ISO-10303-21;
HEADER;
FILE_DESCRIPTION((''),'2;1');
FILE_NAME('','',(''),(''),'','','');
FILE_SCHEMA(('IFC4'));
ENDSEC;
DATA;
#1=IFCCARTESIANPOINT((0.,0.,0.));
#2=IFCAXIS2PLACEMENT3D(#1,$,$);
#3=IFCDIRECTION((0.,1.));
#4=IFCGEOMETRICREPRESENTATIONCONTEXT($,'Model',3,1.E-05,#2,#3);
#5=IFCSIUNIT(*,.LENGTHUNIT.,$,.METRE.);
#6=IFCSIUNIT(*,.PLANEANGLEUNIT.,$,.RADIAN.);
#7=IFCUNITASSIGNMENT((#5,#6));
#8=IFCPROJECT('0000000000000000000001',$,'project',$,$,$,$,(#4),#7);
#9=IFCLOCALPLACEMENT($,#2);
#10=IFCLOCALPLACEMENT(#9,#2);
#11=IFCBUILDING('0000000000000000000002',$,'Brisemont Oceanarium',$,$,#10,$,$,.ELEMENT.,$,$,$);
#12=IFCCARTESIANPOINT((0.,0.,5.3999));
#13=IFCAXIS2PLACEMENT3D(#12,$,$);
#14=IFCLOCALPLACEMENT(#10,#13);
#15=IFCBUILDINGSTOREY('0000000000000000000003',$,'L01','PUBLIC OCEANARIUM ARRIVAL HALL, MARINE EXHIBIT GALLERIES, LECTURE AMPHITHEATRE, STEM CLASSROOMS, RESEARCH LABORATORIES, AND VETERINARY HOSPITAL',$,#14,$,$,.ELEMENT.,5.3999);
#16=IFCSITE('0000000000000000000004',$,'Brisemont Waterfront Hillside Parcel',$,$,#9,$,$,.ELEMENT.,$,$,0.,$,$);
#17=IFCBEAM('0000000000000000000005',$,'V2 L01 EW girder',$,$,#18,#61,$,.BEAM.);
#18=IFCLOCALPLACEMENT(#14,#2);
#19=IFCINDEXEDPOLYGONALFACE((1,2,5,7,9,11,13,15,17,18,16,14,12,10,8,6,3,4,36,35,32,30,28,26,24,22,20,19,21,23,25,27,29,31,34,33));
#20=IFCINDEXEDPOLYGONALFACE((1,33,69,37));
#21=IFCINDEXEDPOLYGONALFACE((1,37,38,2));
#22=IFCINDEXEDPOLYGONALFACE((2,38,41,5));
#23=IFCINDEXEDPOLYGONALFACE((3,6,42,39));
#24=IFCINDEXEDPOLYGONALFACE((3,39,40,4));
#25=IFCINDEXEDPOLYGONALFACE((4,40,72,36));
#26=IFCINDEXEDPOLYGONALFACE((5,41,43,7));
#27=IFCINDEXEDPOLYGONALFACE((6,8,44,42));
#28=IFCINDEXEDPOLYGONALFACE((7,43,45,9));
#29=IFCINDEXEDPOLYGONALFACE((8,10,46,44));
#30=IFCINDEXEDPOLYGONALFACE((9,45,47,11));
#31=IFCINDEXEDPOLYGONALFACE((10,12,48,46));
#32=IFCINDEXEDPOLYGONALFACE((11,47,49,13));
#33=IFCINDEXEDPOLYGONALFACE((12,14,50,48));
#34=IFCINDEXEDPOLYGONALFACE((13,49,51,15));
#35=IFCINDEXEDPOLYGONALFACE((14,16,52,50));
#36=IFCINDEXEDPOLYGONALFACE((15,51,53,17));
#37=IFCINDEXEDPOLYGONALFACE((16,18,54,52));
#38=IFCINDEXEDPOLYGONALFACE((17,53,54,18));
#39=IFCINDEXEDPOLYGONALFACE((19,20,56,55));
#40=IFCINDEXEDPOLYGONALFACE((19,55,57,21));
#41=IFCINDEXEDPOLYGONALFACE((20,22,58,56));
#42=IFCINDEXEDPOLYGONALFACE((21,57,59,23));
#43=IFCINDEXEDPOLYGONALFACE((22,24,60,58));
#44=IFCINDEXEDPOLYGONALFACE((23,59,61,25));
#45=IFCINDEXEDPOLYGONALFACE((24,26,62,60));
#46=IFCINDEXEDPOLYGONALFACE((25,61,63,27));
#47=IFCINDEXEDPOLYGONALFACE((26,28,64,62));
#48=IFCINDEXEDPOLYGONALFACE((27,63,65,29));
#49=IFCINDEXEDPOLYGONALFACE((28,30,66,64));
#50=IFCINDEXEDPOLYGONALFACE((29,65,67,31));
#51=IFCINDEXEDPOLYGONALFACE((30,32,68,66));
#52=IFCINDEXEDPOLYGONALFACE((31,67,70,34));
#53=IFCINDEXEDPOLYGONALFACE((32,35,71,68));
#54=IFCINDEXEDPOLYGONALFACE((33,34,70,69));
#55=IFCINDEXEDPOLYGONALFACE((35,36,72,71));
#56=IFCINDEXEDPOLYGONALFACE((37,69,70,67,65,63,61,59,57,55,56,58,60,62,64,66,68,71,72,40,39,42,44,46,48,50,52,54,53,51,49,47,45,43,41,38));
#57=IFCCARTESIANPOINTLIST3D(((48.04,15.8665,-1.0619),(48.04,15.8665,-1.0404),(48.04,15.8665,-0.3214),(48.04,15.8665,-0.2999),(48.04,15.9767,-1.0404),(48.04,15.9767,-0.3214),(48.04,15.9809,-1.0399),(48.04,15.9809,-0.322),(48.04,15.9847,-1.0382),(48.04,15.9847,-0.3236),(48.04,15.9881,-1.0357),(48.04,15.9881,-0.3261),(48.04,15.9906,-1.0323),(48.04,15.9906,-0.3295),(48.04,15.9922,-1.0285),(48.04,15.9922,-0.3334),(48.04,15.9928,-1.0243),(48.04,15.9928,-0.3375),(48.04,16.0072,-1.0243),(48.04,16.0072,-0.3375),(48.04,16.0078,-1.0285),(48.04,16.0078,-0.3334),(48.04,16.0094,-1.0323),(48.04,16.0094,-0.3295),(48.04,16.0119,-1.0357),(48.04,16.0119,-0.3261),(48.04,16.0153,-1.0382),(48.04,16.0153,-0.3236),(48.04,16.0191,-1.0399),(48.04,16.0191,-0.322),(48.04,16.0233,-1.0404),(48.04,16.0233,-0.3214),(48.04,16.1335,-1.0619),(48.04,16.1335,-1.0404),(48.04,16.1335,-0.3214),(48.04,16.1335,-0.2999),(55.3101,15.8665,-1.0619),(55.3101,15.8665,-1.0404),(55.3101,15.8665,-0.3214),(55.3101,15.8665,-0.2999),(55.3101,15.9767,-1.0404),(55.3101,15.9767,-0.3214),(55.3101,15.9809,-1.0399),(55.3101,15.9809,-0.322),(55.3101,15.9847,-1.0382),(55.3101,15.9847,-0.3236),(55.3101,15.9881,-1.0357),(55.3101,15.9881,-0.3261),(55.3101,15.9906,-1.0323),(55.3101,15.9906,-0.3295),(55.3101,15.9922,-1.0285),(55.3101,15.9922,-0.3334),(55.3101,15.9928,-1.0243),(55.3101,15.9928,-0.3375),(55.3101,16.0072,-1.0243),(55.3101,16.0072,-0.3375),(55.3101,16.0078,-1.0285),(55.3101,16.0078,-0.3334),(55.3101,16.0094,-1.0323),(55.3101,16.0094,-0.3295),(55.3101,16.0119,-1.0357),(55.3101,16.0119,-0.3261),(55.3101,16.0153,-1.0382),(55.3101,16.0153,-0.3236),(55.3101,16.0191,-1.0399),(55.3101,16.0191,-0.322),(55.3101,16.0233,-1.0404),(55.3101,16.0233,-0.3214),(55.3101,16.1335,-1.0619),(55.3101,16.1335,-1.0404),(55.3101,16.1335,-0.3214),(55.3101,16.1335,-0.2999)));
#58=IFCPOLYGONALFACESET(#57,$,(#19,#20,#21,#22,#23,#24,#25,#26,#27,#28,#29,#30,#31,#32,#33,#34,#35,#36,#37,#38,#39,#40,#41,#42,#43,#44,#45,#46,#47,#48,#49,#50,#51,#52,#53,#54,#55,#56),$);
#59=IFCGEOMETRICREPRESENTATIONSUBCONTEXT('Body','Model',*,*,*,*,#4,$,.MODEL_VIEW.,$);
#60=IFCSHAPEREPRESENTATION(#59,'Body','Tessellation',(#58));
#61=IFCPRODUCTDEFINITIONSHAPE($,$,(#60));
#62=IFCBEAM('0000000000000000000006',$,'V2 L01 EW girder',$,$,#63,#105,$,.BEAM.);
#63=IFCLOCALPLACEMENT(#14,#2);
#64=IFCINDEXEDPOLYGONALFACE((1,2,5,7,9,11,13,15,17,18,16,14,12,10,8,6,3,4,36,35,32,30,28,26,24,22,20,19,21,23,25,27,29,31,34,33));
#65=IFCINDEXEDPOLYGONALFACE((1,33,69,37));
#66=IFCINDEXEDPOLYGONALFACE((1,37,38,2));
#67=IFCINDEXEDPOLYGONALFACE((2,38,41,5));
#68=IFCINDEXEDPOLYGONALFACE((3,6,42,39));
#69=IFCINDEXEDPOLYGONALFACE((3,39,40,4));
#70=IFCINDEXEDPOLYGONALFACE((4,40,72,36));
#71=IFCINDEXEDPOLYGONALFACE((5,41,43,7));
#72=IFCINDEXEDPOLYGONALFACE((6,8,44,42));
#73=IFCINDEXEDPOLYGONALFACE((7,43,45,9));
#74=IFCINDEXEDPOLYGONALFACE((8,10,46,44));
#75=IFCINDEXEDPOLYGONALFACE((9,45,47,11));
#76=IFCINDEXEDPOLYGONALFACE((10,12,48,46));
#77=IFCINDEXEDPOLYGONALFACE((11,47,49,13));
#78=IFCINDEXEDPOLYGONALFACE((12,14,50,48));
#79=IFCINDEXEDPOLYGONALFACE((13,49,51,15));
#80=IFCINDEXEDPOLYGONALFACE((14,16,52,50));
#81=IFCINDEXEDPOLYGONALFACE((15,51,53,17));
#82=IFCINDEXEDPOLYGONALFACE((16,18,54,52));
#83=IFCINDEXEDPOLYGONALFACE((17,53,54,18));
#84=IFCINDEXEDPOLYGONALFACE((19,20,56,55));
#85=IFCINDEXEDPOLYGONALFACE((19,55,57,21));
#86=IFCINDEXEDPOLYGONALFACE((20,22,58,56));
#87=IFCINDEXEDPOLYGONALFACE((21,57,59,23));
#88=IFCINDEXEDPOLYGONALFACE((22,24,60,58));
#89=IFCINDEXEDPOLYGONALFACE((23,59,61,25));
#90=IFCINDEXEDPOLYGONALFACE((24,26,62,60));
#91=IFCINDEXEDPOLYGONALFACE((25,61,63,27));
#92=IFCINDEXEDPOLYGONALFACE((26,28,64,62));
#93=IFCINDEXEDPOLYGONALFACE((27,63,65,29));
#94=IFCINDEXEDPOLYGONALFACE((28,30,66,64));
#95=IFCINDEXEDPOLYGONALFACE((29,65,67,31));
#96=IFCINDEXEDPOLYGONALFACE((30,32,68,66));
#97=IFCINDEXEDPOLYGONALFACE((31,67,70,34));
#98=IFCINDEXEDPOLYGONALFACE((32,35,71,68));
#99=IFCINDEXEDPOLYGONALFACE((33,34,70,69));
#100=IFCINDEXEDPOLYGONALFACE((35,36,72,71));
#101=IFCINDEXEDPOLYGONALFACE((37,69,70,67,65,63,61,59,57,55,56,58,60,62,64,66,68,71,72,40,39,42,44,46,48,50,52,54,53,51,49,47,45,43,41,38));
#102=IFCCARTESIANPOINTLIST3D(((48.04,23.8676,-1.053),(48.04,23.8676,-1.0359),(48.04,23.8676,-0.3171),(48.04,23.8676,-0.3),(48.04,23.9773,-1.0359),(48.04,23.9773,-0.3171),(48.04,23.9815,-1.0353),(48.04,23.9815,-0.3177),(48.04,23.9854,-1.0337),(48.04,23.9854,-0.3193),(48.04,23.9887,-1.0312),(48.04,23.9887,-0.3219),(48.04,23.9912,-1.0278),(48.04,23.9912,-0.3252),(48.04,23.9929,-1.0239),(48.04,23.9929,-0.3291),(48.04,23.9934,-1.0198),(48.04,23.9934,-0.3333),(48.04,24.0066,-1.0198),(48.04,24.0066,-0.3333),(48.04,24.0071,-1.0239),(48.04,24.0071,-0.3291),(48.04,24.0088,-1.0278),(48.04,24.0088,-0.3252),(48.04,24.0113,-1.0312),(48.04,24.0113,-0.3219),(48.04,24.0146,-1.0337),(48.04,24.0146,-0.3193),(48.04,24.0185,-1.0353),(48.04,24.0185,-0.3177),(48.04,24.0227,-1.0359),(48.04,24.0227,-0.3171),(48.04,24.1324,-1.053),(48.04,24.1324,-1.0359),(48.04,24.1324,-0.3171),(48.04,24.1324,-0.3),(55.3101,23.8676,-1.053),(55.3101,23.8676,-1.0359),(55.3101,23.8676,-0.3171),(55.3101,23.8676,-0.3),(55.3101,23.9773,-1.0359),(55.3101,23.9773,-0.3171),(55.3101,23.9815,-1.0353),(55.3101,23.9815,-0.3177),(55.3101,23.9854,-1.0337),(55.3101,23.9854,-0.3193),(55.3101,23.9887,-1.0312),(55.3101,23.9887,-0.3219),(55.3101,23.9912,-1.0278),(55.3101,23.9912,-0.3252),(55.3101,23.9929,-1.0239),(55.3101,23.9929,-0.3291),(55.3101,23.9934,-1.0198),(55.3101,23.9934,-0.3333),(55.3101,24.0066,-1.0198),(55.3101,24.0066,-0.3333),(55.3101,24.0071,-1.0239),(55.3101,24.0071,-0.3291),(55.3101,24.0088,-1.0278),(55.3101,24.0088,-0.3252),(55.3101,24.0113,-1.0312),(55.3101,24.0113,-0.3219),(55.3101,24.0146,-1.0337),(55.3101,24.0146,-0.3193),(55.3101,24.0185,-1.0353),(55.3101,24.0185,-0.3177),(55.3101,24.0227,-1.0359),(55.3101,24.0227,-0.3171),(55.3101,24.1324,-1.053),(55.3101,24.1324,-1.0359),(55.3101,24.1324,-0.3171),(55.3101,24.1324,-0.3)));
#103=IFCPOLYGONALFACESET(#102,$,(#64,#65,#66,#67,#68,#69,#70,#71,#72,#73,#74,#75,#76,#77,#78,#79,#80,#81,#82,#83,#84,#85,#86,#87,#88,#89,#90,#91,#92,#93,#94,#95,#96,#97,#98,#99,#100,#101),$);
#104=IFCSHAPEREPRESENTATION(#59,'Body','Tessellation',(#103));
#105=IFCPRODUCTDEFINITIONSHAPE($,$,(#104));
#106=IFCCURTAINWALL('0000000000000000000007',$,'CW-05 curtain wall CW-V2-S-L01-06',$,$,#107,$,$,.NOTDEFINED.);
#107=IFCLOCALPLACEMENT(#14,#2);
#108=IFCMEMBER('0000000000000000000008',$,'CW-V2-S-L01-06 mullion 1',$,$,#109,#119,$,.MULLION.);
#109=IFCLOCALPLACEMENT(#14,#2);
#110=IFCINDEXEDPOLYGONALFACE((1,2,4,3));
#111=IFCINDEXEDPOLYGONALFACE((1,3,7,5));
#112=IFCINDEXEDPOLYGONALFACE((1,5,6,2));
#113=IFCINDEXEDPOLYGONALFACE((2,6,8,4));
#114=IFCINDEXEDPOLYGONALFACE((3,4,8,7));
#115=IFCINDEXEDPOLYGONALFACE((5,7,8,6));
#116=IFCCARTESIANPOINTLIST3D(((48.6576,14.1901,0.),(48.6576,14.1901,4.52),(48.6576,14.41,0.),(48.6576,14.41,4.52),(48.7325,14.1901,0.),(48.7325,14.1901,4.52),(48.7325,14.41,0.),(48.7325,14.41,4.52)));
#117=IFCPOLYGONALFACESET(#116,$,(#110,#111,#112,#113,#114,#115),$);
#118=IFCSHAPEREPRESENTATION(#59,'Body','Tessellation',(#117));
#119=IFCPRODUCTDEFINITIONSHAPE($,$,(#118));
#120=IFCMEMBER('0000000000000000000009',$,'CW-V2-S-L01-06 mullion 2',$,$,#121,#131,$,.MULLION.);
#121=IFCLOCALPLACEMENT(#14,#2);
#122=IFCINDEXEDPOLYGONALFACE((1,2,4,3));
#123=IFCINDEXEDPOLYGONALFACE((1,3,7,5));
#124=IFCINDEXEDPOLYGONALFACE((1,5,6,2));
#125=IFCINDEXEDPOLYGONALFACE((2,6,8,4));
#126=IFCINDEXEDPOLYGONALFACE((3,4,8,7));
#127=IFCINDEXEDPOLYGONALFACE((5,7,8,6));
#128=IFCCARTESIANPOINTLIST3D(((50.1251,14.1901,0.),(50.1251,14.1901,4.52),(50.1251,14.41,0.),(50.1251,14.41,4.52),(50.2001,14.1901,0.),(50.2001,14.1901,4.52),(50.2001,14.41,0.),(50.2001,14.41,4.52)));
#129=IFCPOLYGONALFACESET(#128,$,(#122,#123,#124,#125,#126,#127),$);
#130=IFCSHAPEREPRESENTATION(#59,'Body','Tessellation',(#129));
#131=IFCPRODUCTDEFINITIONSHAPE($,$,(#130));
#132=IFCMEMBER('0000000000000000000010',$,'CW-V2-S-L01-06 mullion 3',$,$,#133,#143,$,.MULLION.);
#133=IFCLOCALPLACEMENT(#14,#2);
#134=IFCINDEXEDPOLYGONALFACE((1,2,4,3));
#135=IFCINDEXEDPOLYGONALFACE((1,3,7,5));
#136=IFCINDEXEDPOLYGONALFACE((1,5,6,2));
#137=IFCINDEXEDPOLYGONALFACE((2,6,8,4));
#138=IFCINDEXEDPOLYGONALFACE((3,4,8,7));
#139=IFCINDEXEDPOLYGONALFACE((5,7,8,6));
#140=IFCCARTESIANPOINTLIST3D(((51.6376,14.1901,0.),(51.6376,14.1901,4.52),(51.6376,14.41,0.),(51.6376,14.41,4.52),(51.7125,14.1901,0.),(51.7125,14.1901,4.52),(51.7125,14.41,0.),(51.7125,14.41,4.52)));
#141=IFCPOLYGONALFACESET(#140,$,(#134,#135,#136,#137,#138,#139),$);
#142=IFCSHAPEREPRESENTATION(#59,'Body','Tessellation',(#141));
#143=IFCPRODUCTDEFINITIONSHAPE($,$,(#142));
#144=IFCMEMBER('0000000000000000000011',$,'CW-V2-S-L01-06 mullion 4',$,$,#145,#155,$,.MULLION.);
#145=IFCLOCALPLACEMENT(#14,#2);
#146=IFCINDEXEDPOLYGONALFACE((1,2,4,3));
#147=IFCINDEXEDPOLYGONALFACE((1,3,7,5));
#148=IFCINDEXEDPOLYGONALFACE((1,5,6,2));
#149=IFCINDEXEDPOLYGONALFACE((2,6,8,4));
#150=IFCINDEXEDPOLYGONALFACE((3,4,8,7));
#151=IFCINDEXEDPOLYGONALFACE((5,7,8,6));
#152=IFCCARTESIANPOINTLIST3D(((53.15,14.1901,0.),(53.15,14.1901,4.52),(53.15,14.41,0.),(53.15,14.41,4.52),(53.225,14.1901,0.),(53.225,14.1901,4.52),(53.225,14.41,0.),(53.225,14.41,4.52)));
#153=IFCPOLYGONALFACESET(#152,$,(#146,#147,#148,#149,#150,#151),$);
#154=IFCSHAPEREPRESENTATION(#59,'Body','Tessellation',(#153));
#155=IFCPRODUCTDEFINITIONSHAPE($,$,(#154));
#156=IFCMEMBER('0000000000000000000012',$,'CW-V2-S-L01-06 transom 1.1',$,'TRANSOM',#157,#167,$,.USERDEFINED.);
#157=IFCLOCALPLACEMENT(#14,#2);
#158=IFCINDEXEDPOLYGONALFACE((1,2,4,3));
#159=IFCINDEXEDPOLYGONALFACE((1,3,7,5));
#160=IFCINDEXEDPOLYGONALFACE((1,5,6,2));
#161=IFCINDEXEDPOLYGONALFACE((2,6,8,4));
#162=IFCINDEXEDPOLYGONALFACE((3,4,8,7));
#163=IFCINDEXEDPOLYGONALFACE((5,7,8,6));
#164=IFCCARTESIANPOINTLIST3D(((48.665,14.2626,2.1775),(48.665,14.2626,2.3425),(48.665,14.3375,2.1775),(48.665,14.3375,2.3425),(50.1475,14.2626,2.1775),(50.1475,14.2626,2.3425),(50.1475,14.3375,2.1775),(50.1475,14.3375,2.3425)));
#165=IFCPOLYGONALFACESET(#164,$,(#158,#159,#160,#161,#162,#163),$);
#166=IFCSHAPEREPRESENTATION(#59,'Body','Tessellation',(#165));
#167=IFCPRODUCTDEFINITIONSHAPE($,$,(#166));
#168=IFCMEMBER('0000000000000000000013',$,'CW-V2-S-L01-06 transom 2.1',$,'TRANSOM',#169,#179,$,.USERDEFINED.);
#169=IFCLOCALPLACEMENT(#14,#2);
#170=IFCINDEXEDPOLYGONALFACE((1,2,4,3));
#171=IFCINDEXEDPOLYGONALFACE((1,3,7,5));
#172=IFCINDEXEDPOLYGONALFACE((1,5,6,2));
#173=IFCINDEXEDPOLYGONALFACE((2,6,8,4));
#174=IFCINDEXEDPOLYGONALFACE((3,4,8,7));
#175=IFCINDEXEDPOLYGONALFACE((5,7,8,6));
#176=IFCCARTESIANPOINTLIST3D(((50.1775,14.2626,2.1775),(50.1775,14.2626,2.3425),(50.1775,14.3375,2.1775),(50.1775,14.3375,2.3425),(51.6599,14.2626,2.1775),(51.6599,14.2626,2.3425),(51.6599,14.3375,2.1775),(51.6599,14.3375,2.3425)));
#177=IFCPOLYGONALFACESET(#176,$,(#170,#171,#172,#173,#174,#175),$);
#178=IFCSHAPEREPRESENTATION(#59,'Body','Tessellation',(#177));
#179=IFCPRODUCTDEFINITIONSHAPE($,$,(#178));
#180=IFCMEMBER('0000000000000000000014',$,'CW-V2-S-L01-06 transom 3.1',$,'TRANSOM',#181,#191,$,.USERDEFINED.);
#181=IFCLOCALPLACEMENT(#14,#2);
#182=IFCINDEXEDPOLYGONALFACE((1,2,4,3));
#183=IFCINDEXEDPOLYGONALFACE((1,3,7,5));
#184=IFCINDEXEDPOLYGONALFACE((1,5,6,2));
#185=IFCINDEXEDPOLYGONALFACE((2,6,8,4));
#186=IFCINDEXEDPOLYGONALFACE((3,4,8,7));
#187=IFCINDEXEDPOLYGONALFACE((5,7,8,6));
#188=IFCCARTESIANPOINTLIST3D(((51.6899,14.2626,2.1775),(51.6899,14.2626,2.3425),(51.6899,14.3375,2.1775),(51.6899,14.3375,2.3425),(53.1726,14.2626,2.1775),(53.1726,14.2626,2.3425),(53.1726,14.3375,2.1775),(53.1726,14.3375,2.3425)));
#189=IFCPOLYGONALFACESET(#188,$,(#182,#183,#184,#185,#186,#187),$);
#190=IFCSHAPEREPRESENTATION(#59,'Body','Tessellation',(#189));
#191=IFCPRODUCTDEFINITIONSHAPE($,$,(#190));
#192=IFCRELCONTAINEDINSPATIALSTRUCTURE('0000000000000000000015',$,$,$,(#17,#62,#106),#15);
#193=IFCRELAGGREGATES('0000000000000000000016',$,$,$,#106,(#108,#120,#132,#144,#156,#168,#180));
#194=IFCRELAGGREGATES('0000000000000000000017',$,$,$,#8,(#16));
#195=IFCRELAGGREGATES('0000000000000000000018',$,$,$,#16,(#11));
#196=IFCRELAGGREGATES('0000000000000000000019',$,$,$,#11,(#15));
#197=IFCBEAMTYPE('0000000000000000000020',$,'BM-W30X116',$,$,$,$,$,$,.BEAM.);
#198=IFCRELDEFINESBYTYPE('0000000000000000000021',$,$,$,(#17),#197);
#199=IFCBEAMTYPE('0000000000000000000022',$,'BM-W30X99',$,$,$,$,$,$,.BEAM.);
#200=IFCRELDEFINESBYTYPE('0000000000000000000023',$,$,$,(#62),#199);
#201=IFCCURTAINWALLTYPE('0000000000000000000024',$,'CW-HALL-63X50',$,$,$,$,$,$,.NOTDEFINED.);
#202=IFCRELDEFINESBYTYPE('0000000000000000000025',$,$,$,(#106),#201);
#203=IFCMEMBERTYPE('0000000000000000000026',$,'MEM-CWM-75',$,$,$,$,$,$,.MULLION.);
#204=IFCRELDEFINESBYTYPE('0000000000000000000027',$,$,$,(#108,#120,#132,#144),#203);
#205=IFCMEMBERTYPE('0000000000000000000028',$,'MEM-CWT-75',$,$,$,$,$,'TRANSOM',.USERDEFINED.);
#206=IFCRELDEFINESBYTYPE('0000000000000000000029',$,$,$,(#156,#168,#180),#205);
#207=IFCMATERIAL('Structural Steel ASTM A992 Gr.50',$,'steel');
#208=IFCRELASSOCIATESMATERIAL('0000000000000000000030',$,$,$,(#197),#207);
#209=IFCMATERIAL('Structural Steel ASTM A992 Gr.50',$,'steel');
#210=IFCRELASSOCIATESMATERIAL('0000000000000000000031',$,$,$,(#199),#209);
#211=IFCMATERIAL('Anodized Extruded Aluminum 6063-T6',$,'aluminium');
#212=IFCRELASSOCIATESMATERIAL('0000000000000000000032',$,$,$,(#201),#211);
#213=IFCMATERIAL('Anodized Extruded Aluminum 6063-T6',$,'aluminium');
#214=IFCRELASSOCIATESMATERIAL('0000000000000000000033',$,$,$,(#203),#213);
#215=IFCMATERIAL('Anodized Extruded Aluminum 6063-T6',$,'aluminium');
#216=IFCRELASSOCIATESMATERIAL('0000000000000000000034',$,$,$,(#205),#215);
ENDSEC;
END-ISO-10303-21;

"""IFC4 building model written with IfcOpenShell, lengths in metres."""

from ifc_helpers import new_model, si_unit, direction, frame, origin, origin_2d, place, context, subcontext, project, spatial, rectangle, i_section, extrude, material, material_profile, profile_set, type_object, element, aggregate, save


model = new_model("IFC4")

# Units and contexts
model_context = context("Model", 3, precision=1e-05, world=origin(), true_north=direction((0.0, 1.0)))
body_context = subcontext(model_context, "Body", "Model", "MODEL_VIEW")
ifc_project = project(units=[si_unit("LENGTHUNIT", "METRE"), si_unit("PLANEANGLEUNIT", "RADIAN")], contexts=[model_context])

# Site, building, storey
site_placement = place(None, origin())
site = spatial("IfcSite", under=ifc_project, at=site_placement, Name="Brisemont Waterfront Hillside Parcel", CompositionType="ELEMENT", RefElevation=0.0)
building_placement = place(site_placement, origin())
building = spatial("IfcBuilding", under=site, at=building_placement, Name="Brisemont Oceanarium", CompositionType="ELEMENT")
storey_placement = place(building_placement, frame((0.0, 0.0, 5.3999)))
storey = spatial("IfcBuildingStorey", under=building, at=storey_placement, Name="L01", Description="PUBLIC OCEANARIUM ARRIVAL HALL, MARINE EXHIBIT GALLERIES, LECTURE AMPHITHEATRE, STEM CLASSROOMS, RESEARCH LABORATORIES, AND VETERINARY HOSPITAL", CompositionType="ELEMENT", Elevation=5.3999)

# Beams
ifc_material_1 = material(Name="Structural Steel ASTM A992 Gr.50", Category="steel")
ifc_material_profile_1 = material_profile(ifc_material_1, i_section(OverallWidth=0.2671, OverallDepth=0.762, WebThickness=0.0144, FlangeThickness=0.0215, FilletRadius=0.0161, at=origin_2d()), Name="W30X116")
ifc_profile_set_1 = profile_set([ifc_material_profile_1], Name="Structural Steel ASTM A992 Gr.50")
beam_type_1 = type_object("IfcBeamType", Name="BM-W30X116", PredefinedType="BEAM", material=ifc_profile_set_1)
beam_1_placement = place(storey_placement, frame((48.04, 16.0, -0.6809), z_axis=(1.0, 0.0, 0.0), x_axis=(0.0, 1.0, 0.0)))
element("IfcBeam", 1, at=beam_1_placement, inside=storey, type_object=beam_type_1, Name="V2 L01 EW girder", PredefinedType="BEAM", context=body_context, shape_type="SweptSolid", body=[
    extrude(i_section(OverallWidth=0.2671, OverallDepth=0.762, WebThickness=0.0144, FlangeThickness=0.0215, FilletRadius=0.0161, at=origin_2d()), origin(), (0.0, 0.0, 1.0), 7.27),
])
ifc_material_2 = material(Name="Structural Steel ASTM A992 Gr.50", Category="steel")
ifc_material_profile_2 = material_profile(ifc_material_2, i_section(OverallWidth=0.2649, OverallDepth=0.7529, WebThickness=0.0132, FlangeThickness=0.0171, FilletRadius=0.0161, at=origin_2d()), Name="W30X99")
ifc_profile_set_2 = profile_set([ifc_material_profile_2], Name="Structural Steel ASTM A992 Gr.50")
beam_type_2 = type_object("IfcBeamType", Name="BM-W30X99", PredefinedType="BEAM", material=ifc_profile_set_2)
beam_2_placement = place(storey_placement, frame((48.04, 24.0, -0.6765), z_axis=(1.0, 0.0, 0.0), x_axis=(0.0, 1.0, 0.0)))
element("IfcBeam", 2, at=beam_2_placement, inside=storey, type_object=beam_type_2, Name="V2 L01 EW girder", PredefinedType="BEAM", context=body_context, shape_type="SweptSolid", body=[
    extrude(i_section(OverallWidth=0.2649, OverallDepth=0.7529, WebThickness=0.0132, FlangeThickness=0.0171, FilletRadius=0.0161, at=origin_2d()), origin(), (0.0, 0.0, 1.0), 7.27),
])

# Curtain wall, members
ifc_material_3 = material(Name="Anodized Extruded Aluminum 6063-T6", Category="aluminium")
curtain_wall_type = type_object("IfcCurtainWallType", Name="CW-HALL-63X50", PredefinedType="NOTDEFINED", material=ifc_material_3)
curtain_wall_placement = place(storey_placement, origin())
curtain_wall = element("IfcCurtainWall", 3, at=curtain_wall_placement, inside=storey, type_object=curtain_wall_type, Name="CW-05 curtain wall CW-V2-S-L01-06", PredefinedType="NOTDEFINED")
ifc_material_4 = material(Name="Anodized Extruded Aluminum 6063-T6", Category="aluminium")
ifc_material_profile_3 = material_profile(ifc_material_4, rectangle(XDim=0.075, YDim=0.22, at=origin_2d()), Name="CWM-75X220")
ifc_profile_set_3 = profile_set([ifc_material_profile_3], Name="Anodized Extruded Aluminum 6063-T6")
member_type_1 = type_object("IfcMemberType", Name="MEM-CWM-75", PredefinedType="MULLION", material=ifc_profile_set_3)
member_1_placement = place(storey_placement, frame((48.6951, 14.3, 0.0), z_axis=(0.0, 0.0, 1.0), x_axis=(1.0, 0.0, 0.0)))
member_1 = element("IfcMember", 4, at=member_1_placement, type_object=member_type_1, Name="CW-V2-S-L01-06 mullion 1", PredefinedType="MULLION", context=body_context, shape_type="SweptSolid", body=[
    extrude(rectangle(XDim=0.075, YDim=0.22, at=origin_2d()), origin(), (0.0, 0.0, 1.0), 4.52),
])
member_2_placement = place(storey_placement, frame((50.1626, 14.3, 0.0), z_axis=(0.0, 0.0, 1.0), x_axis=(1.0, 0.0, 0.0)))
member_2 = element("IfcMember", 5, at=member_2_placement, type_object=member_type_1, Name="CW-V2-S-L01-06 mullion 2", PredefinedType="MULLION", context=body_context, shape_type="SweptSolid", body=[
    extrude(rectangle(XDim=0.075, YDim=0.22, at=origin_2d()), origin(), (0.0, 0.0, 1.0), 4.52),
])
member_3_placement = place(storey_placement, frame((51.675, 14.3, 0.0), z_axis=(0.0, 0.0, 1.0), x_axis=(1.0, 0.0, 0.0)))
member_3 = element("IfcMember", 6, at=member_3_placement, type_object=member_type_1, Name="CW-V2-S-L01-06 mullion 3", PredefinedType="MULLION", context=body_context, shape_type="SweptSolid", body=[
    extrude(rectangle(XDim=0.075, YDim=0.22, at=origin_2d()), origin(), (0.0, 0.0, 1.0), 4.52),
])
member_4_placement = place(storey_placement, frame((53.1875, 14.3, 0.0), z_axis=(0.0, 0.0, 1.0), x_axis=(1.0, 0.0, 0.0)))
member_4 = element("IfcMember", 7, at=member_4_placement, type_object=member_type_1, Name="CW-V2-S-L01-06 mullion 4", PredefinedType="MULLION", context=body_context, shape_type="SweptSolid", body=[
    extrude(rectangle(XDim=0.075, YDim=0.22, at=origin_2d()), origin(), (0.0, 0.0, 1.0), 4.52),
])
ifc_material_5 = material(Name="Anodized Extruded Aluminum 6063-T6", Category="aluminium")
ifc_material_profile_4 = material_profile(ifc_material_5, rectangle(XDim=0.075, YDim=0.165, at=origin_2d()), Name="CWT-75X165")
ifc_profile_set_4 = profile_set([ifc_material_profile_4], Name="Anodized Extruded Aluminum 6063-T6")
member_type_2 = type_object("IfcMemberType", Name="MEM-CWT-75", ElementType="TRANSOM", PredefinedType="USERDEFINED", material=ifc_profile_set_4)
member_5_placement = place(storey_placement, frame((48.665, 14.3, 2.26), z_axis=(1.0, 0.0, 0.0), x_axis=(0.0, 1.0, 0.0)))
member_5 = element("IfcMember", 8, at=member_5_placement, type_object=member_type_2, Name="CW-V2-S-L01-06 transom 1.1", ObjectType="TRANSOM", PredefinedType="USERDEFINED", context=body_context, shape_type="SweptSolid", body=[
    extrude(rectangle(XDim=0.075, YDim=0.165, at=origin_2d()), origin(), (0.0, 0.0, 1.0), 1.4824),
])
member_6_placement = place(storey_placement, frame((50.1775, 14.3, 2.26), z_axis=(1.0, 0.0, 0.0), x_axis=(0.0, 1.0, 0.0)))
member_6 = element("IfcMember", 9, at=member_6_placement, type_object=member_type_2, Name="CW-V2-S-L01-06 transom 2.1", ObjectType="TRANSOM", PredefinedType="USERDEFINED", context=body_context, shape_type="SweptSolid", body=[
    extrude(rectangle(XDim=0.075, YDim=0.165, at=origin_2d()), origin(), (0.0, 0.0, 1.0), 1.4824),
])
member_7_placement = place(storey_placement, frame((51.6899, 14.3, 2.26), z_axis=(1.0, 0.0, 0.0), x_axis=(0.0, 1.0, 0.0)))
member_7 = element("IfcMember", 10, at=member_7_placement, type_object=member_type_2, Name="CW-V2-S-L01-06 transom 3.1", ObjectType="TRANSOM", PredefinedType="USERDEFINED", context=body_context, shape_type="SweptSolid", body=[
    extrude(rectangle(XDim=0.075, YDim=0.165, at=origin_2d()), origin(), (0.0, 0.0, 1.0), 1.4827),
])

aggregate(curtain_wall, [member_1, member_2, member_3, member_4, member_5, member_6, member_7])

save(model, "model.ifc")
